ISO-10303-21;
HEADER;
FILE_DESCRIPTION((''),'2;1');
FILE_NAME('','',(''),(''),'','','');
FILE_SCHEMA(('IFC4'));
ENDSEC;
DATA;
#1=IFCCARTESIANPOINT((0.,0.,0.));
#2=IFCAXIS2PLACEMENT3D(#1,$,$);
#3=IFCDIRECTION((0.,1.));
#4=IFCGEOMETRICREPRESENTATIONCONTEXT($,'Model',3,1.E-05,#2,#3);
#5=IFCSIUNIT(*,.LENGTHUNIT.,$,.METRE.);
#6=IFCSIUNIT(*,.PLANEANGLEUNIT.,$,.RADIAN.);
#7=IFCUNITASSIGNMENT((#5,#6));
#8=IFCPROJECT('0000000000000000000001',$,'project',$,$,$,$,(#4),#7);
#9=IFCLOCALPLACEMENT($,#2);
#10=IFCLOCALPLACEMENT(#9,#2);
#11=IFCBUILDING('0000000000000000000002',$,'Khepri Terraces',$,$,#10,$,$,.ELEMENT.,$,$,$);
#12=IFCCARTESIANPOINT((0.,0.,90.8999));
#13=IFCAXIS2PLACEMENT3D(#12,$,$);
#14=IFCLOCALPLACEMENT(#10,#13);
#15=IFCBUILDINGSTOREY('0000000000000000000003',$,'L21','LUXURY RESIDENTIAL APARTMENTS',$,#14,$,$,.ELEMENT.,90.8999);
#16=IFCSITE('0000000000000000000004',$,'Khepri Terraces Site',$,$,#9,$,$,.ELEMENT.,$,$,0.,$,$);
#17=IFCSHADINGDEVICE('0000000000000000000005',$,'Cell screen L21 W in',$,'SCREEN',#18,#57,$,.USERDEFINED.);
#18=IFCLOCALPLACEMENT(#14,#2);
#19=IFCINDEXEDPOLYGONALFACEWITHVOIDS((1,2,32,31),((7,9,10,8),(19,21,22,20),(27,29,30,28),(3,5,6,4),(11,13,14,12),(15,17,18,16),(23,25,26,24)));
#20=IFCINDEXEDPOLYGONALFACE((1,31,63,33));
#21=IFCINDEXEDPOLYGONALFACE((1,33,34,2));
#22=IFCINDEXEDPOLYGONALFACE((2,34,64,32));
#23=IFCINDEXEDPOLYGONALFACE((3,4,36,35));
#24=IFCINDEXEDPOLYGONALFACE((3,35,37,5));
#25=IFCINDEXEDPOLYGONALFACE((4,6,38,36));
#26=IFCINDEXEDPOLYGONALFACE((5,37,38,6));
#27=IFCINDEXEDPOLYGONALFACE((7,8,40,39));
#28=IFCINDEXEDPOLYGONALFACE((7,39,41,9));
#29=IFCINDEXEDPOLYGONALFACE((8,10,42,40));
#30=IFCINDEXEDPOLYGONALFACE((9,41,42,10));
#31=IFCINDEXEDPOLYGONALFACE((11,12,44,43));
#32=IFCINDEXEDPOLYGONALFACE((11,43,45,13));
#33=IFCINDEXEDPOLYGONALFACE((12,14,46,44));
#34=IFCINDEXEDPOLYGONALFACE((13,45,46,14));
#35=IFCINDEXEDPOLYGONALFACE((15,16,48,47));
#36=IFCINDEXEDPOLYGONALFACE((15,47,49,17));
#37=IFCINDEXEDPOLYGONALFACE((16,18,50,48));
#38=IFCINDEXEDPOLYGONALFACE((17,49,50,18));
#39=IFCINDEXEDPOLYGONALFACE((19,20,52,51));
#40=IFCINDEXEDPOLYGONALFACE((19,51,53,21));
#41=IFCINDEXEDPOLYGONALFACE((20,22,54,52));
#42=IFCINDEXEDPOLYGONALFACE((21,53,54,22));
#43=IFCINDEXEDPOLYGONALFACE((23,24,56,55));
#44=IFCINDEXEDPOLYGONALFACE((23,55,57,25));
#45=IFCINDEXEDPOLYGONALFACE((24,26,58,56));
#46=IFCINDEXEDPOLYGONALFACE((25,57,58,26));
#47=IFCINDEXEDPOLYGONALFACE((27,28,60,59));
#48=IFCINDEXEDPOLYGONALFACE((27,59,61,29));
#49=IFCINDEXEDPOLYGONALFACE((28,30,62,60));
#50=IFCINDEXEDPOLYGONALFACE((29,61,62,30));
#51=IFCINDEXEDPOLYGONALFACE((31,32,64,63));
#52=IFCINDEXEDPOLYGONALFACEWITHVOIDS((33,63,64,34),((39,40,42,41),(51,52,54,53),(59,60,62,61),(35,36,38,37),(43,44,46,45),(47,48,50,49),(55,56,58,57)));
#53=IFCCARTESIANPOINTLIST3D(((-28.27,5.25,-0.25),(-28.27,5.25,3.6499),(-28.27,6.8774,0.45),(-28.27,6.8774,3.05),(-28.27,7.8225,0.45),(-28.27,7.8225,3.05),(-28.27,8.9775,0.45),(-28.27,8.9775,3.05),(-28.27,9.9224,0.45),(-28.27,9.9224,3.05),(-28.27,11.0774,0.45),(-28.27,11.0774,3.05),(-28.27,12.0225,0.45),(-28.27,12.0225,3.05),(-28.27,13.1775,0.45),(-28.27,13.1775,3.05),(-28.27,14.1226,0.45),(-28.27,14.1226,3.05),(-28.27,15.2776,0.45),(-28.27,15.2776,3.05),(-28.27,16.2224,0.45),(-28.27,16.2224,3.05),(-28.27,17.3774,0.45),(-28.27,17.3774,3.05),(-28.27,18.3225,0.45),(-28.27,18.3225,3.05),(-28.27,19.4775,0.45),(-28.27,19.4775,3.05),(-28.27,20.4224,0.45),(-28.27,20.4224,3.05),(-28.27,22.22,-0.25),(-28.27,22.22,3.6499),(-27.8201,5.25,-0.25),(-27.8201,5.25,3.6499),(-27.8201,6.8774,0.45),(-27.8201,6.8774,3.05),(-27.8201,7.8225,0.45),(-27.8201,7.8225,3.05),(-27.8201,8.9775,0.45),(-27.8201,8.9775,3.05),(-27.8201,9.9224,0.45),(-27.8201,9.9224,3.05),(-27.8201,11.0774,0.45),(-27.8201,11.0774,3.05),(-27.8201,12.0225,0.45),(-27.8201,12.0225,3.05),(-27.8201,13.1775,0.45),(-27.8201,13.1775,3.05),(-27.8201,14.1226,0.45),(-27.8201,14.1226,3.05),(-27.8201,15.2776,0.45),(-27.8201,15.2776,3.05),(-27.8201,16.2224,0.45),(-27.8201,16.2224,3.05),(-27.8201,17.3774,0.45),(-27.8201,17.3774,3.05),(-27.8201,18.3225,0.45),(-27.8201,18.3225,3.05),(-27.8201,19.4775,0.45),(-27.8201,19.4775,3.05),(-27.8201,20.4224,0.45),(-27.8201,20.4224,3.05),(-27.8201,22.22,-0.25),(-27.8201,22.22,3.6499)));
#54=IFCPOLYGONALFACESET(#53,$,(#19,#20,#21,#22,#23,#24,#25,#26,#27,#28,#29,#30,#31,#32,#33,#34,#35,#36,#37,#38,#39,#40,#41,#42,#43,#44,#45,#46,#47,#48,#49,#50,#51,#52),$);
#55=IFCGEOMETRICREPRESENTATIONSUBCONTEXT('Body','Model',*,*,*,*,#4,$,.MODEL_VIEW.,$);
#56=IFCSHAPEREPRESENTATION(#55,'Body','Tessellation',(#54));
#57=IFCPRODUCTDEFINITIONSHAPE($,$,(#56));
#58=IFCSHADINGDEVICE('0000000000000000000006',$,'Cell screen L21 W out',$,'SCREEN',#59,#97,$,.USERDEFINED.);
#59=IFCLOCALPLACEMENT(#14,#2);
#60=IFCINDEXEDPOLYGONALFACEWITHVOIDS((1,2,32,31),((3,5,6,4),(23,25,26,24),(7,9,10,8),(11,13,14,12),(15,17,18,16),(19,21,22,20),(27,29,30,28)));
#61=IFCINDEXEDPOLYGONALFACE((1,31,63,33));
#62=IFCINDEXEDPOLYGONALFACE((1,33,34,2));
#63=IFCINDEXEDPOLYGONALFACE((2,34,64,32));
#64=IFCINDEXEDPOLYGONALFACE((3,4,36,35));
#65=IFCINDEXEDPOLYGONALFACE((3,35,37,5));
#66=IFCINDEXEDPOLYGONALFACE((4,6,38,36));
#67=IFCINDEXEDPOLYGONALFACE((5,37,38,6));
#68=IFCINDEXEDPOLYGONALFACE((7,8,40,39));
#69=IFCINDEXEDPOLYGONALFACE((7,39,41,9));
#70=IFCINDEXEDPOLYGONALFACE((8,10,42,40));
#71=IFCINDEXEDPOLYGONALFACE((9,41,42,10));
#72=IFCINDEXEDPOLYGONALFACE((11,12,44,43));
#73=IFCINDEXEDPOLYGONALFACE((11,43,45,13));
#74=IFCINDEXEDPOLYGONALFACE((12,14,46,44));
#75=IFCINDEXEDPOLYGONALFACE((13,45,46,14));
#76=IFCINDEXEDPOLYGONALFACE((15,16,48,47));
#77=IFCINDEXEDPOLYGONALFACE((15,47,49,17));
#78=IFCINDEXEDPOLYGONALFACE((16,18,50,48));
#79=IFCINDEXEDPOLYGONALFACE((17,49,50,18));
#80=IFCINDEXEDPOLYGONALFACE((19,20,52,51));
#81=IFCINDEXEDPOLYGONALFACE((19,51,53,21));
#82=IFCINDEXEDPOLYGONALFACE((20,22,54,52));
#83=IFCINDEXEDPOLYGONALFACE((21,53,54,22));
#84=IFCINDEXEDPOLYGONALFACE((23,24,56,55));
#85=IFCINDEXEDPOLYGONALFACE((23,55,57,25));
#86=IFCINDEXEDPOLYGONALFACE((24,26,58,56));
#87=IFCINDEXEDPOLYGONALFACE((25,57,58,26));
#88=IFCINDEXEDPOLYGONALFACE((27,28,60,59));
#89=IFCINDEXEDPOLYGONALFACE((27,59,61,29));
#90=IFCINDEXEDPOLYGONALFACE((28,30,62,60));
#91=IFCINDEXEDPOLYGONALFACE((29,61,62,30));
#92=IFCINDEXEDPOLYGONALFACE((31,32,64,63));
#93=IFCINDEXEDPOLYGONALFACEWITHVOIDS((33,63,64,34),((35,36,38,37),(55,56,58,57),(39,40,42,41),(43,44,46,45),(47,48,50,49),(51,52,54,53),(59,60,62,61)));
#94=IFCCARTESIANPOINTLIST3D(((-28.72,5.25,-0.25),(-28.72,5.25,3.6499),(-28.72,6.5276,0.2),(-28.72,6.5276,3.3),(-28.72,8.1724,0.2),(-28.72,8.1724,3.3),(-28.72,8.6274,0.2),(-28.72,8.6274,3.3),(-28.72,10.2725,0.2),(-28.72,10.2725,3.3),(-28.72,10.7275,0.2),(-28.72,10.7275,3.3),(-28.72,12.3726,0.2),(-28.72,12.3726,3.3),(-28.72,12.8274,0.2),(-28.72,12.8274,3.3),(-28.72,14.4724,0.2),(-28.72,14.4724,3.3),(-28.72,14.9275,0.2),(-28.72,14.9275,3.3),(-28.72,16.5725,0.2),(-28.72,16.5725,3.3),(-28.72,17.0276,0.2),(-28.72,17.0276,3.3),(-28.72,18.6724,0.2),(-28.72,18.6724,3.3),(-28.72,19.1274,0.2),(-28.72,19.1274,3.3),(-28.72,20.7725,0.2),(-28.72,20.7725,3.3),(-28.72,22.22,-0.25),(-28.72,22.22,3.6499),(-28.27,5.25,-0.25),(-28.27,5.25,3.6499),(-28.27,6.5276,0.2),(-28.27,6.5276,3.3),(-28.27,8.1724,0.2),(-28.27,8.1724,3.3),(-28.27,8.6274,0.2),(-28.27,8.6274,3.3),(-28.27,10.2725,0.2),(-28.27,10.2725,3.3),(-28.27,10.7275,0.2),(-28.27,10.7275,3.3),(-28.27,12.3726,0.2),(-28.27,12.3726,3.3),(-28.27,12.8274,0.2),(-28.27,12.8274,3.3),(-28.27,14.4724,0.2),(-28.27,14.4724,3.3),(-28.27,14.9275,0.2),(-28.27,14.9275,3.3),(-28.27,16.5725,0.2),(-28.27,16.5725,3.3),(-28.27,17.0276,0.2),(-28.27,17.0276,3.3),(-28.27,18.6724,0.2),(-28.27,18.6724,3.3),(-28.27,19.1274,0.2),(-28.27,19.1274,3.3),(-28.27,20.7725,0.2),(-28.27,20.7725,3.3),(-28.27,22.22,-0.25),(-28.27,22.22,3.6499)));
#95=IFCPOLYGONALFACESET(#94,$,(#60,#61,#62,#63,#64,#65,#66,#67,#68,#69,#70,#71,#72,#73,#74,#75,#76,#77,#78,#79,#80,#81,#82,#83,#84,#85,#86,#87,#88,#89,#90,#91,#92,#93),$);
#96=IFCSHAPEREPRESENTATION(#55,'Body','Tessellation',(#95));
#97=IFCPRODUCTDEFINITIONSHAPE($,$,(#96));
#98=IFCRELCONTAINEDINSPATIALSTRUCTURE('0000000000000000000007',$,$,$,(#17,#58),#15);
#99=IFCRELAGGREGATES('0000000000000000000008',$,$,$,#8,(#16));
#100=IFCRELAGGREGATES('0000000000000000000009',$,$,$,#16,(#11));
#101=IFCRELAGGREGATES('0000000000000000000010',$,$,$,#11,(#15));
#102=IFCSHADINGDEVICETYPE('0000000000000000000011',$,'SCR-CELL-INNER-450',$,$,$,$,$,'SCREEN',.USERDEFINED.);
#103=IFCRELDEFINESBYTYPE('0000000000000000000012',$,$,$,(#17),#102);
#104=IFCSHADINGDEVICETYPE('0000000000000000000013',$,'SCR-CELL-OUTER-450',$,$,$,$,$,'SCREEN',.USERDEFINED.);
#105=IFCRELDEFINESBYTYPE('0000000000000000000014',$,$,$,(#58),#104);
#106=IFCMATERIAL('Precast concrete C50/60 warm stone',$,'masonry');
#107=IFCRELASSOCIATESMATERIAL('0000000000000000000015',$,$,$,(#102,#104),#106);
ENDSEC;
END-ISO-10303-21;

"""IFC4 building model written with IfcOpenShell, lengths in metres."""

from ifc_helpers import new_model, si_unit, direction, frame, origin, place, context, subcontext, project, spatial, polyline, outline, extrude, material, type_object, element, save


model = new_model("IFC4")

# Units and contexts
model_context = context("Model", 3, precision=1e-05, world=origin(), true_north=direction((0.0, 1.0)))
body_context = subcontext(model_context, "Body", "Model", "MODEL_VIEW")
ifc_project = project(units=[si_unit("LENGTHUNIT", "METRE"), si_unit("PLANEANGLEUNIT", "RADIAN")], contexts=[model_context])

# Site, building, storey
site_placement = place(None, origin())
site = spatial("IfcSite", under=ifc_project, at=site_placement, Name="Khepri Terraces Site", CompositionType="ELEMENT", RefElevation=0.0)
building_placement = place(site_placement, origin())
building = spatial("IfcBuilding", under=site, at=building_placement, Name="Khepri Terraces", CompositionType="ELEMENT")
storey_placement = place(building_placement, frame((0.0, 0.0, 90.8999)))
storey = spatial("IfcBuildingStorey", under=building, at=storey_placement, Name="L21", Description="LUXURY RESIDENTIAL APARTMENTS", CompositionType="ELEMENT", Elevation=90.8999)

# Shared definitions
ifc_material_1 = material(Name="Precast concrete C50/60 warm stone", Category="masonry")

# Shading devices
shading_device_type_1 = type_object("IfcShadingDeviceType", Name="SCR-CELL-INNER-450", ElementType="SCREEN", PredefinedType="USERDEFINED", material=ifc_material_1)
shading_device_1_placement = place(storey_placement, frame((-27.8201, 22.22, -0.25), z_axis=(-1.0, 0.0, 0.0), x_axis=(0.0, -1.0, 0.0)))
element("IfcShadingDevice", 1, at=shading_device_1_placement, inside=storey, type_object=shading_device_type_1, Name="Cell screen L21 W in", ObjectType="SCREEN", PredefinedType="USERDEFINED", context=body_context, shape_type="SweptSolid", body=[
    extrude(outline(polyline([(0.0, 0.0), (16.97, 0.0), (16.97, 3.8999), (0.0, 3.8999), (0.0, 0.0)]), holes=[polyline([(1.7976, 0.7), (2.7424, 0.7), (2.7424, 3.3), (1.7976, 3.3), (1.7976, 0.7)]), polyline([(3.8975, 0.7), (4.8425, 0.7), (4.8425, 3.3), (3.8975, 3.3), (3.8975, 0.7)]), polyline([(5.9976, 0.7), (6.9424, 0.7), (6.9424, 3.3), (5.9976, 3.3), (5.9976, 0.7)]), polyline([(8.0974, 0.7), (9.0425, 0.7), (9.0425, 3.3), (8.0974, 3.3), (8.0974, 0.7)]), polyline([(10.1975, 0.7), (11.1426, 0.7), (11.1426, 3.3), (10.1975, 3.3), (10.1975, 0.7)]), polyline([(12.2976, 0.7), (13.2424, 0.7), (13.2424, 3.3), (12.2976, 3.3), (12.2976, 0.7)]), polyline([(14.3975, 0.7), (15.3425, 0.7), (15.3425, 3.3), (14.3975, 3.3), (14.3975, 0.7)])]), origin(), (0.0, 0.0, 1.0), 0.45),
])
shading_device_type_2 = type_object("IfcShadingDeviceType", Name="SCR-CELL-OUTER-450", ElementType="SCREEN", PredefinedType="USERDEFINED", material=ifc_material_1)
shading_device_2_placement = place(storey_placement, frame((-28.27, 22.22, -0.25), z_axis=(-1.0, 0.0, 0.0), x_axis=(0.0, -1.0, 0.0)))
element("IfcShadingDevice", 2, at=shading_device_2_placement, inside=storey, type_object=shading_device_type_2, Name="Cell screen L21 W out", ObjectType="SCREEN", PredefinedType="USERDEFINED", context=body_context, shape_type="SweptSolid", body=[
    extrude(outline(polyline([(0.0, 0.0), (16.97, 0.0), (16.97, 3.8999), (0.0, 3.8999), (0.0, 0.0)]), holes=[polyline([(1.4475, 0.45), (3.0925, 0.45), (3.0925, 3.55), (1.4475, 3.55), (1.4475, 0.45)]), polyline([(3.5476, 0.45), (5.1924, 0.45), (5.1924, 3.55), (3.5476, 3.55), (3.5476, 0.45)]), polyline([(5.6475, 0.45), (7.2925, 0.45), (7.2925, 3.55), (5.6475, 3.55), (5.6475, 0.45)]), polyline([(7.7476, 0.45), (9.3926, 0.45), (9.3926, 3.55), (7.7476, 3.55), (7.7476, 0.45)]), polyline([(9.8474, 0.45), (11.4924, 0.45), (11.4924, 3.55), (9.8474, 3.55), (9.8474, 0.45)]), polyline([(11.9475, 0.45), (13.5925, 0.45), (13.5925, 3.55), (11.9475, 3.55), (11.9475, 0.45)]), polyline([(14.0476, 0.45), (15.6924, 0.45), (15.6924, 3.55), (14.0476, 3.55), (14.0476, 0.45)])]), origin(), (0.0, 0.0, 1.0), 0.45),
])

save(model, "model.ifc")
